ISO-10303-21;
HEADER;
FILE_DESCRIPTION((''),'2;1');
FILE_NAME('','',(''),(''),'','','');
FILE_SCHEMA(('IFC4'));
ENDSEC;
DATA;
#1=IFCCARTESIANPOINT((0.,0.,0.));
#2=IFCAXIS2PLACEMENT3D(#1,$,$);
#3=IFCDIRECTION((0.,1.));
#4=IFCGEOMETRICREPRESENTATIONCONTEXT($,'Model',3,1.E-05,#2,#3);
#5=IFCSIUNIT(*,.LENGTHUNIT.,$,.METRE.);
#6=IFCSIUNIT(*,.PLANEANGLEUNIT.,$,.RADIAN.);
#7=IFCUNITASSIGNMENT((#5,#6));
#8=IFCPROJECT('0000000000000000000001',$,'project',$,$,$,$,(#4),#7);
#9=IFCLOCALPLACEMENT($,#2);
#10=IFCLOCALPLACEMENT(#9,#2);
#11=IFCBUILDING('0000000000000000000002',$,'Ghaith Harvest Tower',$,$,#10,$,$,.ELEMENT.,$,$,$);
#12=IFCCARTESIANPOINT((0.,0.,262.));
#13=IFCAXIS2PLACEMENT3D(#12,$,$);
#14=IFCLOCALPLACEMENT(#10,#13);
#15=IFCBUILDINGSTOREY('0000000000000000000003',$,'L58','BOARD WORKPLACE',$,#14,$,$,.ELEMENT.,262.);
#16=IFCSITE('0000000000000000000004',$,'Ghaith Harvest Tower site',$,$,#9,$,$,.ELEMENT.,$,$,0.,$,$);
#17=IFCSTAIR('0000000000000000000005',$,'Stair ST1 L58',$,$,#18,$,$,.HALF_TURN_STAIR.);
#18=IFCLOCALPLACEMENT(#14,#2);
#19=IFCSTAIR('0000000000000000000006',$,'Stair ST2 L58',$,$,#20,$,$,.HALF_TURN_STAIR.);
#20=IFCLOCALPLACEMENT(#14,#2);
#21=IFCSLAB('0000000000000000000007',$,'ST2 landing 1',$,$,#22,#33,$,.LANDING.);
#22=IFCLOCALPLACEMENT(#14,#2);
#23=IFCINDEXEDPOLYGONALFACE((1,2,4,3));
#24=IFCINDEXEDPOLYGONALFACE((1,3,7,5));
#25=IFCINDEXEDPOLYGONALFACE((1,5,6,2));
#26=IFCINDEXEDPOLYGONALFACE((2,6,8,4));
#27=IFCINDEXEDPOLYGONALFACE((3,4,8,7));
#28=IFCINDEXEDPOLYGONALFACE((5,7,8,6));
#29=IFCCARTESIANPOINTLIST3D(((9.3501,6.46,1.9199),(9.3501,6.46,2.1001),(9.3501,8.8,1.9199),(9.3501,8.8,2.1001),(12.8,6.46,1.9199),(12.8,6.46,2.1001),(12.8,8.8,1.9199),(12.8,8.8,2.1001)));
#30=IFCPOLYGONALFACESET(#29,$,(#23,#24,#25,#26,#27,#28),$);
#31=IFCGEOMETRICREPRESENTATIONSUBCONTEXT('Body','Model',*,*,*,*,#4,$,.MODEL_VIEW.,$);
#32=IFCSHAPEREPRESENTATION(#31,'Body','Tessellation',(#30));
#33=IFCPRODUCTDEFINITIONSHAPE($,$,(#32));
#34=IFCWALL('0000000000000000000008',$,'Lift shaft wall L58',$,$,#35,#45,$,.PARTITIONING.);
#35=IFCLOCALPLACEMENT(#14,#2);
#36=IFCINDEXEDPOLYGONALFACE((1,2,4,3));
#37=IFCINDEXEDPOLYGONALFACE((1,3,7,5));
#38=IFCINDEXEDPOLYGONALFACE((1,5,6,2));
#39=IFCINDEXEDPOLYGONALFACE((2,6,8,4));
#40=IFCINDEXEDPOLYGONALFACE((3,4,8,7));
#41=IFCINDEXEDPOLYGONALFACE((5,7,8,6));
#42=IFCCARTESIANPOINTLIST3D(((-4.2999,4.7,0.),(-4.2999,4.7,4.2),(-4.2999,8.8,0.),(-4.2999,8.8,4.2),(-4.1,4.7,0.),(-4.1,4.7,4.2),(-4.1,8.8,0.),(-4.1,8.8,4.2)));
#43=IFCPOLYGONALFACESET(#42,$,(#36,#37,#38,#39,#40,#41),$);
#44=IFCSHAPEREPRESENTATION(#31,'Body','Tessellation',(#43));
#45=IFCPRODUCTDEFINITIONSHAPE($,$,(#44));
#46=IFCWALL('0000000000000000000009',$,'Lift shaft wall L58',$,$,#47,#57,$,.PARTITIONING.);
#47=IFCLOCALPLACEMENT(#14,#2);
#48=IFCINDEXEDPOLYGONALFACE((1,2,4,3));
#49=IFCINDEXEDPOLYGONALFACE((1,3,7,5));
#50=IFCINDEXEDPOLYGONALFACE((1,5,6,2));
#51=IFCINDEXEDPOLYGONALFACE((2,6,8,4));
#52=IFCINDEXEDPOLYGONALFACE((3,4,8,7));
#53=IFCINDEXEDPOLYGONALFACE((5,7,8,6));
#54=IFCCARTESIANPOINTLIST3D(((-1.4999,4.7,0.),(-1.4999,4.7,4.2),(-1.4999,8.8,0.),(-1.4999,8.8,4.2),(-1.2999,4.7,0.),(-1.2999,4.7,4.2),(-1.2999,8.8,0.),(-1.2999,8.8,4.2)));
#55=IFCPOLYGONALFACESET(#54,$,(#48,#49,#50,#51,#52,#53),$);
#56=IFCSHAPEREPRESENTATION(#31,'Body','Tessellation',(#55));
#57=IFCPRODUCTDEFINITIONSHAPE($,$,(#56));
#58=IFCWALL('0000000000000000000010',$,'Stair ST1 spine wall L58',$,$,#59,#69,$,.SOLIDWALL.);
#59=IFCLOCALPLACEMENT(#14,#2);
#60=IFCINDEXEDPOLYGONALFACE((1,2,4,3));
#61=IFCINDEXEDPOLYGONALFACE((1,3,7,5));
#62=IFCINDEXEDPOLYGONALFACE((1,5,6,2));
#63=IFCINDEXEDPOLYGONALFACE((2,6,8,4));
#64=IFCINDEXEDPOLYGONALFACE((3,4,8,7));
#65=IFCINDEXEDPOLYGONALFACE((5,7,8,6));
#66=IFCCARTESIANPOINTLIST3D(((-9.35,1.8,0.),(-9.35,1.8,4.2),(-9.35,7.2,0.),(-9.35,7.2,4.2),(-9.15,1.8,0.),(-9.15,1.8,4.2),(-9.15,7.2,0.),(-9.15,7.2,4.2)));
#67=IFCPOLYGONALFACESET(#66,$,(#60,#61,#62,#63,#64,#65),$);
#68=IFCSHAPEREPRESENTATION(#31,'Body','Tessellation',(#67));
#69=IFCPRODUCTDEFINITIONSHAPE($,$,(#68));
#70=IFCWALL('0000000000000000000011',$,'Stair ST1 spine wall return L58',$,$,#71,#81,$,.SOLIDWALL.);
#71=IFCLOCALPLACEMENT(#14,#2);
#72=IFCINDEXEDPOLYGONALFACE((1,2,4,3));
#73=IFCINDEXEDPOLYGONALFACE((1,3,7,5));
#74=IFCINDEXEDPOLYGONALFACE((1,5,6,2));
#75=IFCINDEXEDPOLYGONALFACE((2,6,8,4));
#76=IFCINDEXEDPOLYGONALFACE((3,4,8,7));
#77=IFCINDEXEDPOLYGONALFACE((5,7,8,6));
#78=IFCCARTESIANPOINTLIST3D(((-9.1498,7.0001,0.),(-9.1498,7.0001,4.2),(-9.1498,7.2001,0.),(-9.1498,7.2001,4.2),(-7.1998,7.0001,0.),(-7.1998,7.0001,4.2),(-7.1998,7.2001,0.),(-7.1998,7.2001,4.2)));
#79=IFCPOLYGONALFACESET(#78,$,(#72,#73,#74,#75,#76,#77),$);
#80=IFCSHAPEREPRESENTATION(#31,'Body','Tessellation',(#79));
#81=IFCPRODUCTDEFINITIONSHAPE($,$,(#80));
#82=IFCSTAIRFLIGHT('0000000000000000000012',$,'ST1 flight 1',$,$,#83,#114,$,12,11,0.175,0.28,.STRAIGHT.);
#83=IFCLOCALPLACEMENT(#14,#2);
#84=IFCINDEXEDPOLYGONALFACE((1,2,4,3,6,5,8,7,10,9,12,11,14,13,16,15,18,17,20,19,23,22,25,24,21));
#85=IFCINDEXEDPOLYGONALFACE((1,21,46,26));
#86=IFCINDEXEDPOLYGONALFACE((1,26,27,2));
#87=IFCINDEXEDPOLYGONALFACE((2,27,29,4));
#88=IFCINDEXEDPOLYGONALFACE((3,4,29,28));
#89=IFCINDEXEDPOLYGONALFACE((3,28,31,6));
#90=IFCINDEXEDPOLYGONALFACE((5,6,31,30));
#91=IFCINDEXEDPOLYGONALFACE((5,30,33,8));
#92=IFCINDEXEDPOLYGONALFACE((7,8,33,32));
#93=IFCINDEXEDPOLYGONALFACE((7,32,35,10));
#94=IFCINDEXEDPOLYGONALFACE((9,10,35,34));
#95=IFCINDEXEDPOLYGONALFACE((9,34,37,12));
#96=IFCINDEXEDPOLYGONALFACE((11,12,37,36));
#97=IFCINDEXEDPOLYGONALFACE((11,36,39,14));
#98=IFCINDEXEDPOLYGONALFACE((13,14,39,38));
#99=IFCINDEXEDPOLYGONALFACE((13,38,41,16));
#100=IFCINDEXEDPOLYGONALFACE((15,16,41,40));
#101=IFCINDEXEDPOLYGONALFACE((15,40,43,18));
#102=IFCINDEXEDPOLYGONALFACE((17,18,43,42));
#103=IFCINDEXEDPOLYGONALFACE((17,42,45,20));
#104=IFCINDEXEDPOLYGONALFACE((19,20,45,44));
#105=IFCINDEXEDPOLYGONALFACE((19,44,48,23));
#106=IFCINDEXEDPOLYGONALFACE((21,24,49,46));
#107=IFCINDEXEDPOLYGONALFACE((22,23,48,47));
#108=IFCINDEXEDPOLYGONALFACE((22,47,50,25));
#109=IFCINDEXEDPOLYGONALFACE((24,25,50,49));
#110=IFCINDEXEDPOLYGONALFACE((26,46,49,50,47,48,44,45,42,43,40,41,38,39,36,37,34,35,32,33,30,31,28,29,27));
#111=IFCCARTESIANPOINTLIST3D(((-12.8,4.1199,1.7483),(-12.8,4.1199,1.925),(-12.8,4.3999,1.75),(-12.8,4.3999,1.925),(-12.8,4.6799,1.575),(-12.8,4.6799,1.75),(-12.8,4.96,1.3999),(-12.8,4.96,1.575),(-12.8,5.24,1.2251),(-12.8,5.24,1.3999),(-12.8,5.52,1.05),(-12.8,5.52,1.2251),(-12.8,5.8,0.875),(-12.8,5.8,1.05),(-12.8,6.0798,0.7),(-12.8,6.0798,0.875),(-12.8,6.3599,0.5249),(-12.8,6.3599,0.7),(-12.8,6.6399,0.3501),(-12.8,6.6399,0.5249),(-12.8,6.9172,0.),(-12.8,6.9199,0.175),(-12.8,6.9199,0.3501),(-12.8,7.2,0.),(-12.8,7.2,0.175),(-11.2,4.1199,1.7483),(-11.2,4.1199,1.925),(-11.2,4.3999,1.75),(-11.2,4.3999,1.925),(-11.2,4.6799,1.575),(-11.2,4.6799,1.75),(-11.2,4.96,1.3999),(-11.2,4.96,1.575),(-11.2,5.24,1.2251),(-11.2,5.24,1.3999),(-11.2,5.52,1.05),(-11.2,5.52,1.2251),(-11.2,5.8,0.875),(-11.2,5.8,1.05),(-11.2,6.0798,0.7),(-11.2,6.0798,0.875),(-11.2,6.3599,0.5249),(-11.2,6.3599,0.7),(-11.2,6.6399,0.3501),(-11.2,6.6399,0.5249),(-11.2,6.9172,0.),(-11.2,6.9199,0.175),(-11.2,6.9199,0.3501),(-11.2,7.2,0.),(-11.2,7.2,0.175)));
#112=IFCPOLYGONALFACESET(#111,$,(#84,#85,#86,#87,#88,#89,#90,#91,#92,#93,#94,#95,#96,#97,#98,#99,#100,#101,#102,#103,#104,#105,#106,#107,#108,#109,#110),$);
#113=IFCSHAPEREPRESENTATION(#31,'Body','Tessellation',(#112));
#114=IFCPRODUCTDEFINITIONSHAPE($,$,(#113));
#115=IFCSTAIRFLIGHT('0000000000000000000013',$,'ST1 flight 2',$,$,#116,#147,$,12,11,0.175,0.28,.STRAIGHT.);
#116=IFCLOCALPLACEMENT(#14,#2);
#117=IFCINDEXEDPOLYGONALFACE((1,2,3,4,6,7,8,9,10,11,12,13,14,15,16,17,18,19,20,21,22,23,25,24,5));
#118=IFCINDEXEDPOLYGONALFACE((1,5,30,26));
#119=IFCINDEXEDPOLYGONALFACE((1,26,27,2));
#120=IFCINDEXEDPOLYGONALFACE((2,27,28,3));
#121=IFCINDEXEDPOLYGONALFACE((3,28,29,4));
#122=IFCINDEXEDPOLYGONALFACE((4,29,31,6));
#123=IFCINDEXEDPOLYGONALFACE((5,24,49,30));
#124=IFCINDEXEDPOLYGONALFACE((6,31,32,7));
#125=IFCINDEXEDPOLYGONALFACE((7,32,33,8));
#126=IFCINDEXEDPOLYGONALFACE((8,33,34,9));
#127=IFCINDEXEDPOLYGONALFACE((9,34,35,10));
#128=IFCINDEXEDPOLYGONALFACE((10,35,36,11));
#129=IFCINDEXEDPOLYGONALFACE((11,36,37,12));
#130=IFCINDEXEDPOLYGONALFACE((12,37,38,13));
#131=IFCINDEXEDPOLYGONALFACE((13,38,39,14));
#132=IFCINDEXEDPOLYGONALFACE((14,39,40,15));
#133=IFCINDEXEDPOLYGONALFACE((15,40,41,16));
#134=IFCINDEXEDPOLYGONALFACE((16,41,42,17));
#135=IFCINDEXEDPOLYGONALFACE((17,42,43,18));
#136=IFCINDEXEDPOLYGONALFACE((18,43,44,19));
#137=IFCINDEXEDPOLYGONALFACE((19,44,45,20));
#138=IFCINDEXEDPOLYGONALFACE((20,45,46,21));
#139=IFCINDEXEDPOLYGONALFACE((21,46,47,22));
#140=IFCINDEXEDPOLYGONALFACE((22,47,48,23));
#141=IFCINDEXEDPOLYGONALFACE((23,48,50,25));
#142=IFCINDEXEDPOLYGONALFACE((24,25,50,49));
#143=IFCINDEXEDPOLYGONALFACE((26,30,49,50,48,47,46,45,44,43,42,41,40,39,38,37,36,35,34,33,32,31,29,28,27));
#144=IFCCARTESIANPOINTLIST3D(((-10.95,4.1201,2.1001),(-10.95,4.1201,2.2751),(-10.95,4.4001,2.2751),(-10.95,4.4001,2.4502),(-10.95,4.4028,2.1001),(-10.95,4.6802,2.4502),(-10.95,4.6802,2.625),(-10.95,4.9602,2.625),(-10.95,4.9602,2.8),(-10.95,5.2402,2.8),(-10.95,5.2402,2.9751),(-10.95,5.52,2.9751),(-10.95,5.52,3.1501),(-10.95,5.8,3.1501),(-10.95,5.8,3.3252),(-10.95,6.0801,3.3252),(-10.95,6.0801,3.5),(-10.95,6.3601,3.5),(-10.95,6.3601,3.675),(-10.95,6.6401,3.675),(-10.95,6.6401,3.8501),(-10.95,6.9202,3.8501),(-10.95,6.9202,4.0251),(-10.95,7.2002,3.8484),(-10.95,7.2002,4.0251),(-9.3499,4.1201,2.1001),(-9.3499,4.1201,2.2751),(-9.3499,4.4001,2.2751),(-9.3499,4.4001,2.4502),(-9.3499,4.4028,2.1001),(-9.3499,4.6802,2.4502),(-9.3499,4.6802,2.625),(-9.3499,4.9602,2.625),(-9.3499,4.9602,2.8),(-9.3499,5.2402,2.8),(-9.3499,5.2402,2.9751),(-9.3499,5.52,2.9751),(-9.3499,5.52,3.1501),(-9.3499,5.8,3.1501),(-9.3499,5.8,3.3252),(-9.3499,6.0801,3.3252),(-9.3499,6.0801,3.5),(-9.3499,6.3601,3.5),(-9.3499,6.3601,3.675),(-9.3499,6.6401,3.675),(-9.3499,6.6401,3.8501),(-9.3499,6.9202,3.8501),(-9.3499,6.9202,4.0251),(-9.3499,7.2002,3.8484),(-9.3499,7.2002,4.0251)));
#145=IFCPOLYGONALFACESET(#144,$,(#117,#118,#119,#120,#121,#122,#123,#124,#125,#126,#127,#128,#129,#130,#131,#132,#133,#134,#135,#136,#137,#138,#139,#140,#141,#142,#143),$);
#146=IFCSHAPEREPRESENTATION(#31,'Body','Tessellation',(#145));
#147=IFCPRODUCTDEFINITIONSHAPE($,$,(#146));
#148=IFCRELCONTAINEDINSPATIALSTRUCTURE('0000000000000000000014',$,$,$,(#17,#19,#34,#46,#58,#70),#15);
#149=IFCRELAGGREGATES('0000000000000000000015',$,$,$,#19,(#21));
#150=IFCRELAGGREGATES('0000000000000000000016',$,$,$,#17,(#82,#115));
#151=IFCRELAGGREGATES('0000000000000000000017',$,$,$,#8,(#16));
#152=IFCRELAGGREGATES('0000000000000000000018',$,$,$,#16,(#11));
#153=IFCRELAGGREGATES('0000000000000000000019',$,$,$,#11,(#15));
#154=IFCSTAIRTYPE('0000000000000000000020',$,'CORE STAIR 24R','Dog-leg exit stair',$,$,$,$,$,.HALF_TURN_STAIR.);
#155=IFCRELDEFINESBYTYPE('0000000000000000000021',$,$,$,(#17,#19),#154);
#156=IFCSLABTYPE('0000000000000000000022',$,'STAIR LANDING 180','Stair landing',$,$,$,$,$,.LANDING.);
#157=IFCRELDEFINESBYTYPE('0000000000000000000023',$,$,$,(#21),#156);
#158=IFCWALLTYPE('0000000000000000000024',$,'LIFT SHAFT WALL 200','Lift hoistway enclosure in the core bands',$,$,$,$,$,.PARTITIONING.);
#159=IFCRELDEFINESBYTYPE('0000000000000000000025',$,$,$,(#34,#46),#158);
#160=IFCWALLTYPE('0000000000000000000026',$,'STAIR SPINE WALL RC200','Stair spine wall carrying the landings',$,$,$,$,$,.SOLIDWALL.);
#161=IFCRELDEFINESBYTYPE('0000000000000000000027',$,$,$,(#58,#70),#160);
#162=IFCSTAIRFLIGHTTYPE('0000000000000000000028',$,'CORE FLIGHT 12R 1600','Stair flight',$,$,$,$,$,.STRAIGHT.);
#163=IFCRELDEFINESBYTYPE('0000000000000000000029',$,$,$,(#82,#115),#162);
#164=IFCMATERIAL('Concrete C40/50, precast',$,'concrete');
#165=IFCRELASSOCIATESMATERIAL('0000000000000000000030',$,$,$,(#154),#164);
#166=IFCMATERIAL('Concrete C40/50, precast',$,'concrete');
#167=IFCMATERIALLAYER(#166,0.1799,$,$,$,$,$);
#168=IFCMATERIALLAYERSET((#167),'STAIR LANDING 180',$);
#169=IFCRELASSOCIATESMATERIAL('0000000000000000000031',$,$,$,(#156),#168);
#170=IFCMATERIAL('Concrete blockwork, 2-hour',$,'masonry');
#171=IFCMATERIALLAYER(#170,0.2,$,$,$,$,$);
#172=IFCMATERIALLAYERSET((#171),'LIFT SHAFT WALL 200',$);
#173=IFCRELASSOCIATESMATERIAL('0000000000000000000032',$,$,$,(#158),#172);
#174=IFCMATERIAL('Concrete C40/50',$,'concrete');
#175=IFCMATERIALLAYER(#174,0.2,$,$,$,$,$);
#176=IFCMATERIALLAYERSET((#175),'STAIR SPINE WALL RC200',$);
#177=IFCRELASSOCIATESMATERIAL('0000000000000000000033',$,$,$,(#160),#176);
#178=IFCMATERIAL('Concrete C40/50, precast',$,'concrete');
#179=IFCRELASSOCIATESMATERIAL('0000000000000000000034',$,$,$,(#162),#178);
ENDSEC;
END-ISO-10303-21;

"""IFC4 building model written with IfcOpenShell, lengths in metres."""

from ifc_helpers import new_model, si_unit, direction, frame, frame_2d, origin, place, context, subcontext, project, spatial, polyline, rectangle, outline, extrude, material, layer, layer_set, type_object, element, aggregate, save


model = new_model("IFC4")

# Units and contexts
model_context = context("Model", 3, precision=1e-05, world=origin(), true_north=direction((0.0, 1.0)))
body_context = subcontext(model_context, "Body", "Model", "MODEL_VIEW")
ifc_project = project(units=[si_unit("LENGTHUNIT", "METRE"), si_unit("PLANEANGLEUNIT", "RADIAN")], contexts=[model_context])

# Site, building, storey
site_placement = place(None, origin())
site = spatial("IfcSite", under=ifc_project, at=site_placement, Name="Ghaith Harvest Tower site", CompositionType="ELEMENT", RefElevation=0.0)
building_placement = place(site_placement, origin())
building = spatial("IfcBuilding", under=site, at=building_placement, Name="Ghaith Harvest Tower", CompositionType="ELEMENT")
storey_placement = place(building_placement, frame((0.0, 0.0, 262.0)))
storey = spatial("IfcBuildingStorey", under=building, at=storey_placement, Name="L58", Description="BOARD WORKPLACE", CompositionType="ELEMENT", Elevation=262.0)

# Stair
ifc_material_1 = material(Name="Concrete C40/50, precast", Category="concrete")
stair_type = type_object("IfcStairType", Name="CORE STAIR 24R", Description="Dog-leg exit stair", PredefinedType="HALF_TURN_STAIR", material=ifc_material_1)
stair_1_placement = place(storey_placement, origin())
stair_1 = element("IfcStair", 1, at=stair_1_placement, inside=storey, type_object=stair_type, Name="Stair ST1 L58", PredefinedType="HALF_TURN_STAIR")
ifc_material_2 = material(Name="Concrete C40/50, precast", Category="concrete")
ifc_layer_1 = layer(ifc_material_2, 0.1799)
ifc_layer_set_1 = layer_set([ifc_layer_1], Name="STAIR LANDING 180")
slab_type_1 = type_object("IfcSlabType", Name="STAIR LANDING 180", Description="Stair landing", PredefinedType="LANDING", material=ifc_layer_set_1)

# Stair, slab
stair_2_placement = place(storey_placement, origin())
stair_2 = element("IfcStair", 2, at=stair_2_placement, inside=storey, type_object=stair_type, Name="Stair ST2 L58", PredefinedType="HALF_TURN_STAIR")
slab_1_placement = place(storey_placement, frame((0.0, 0.0, 1.9199)))
slab_1 = element("IfcSlab", 3, at=slab_1_placement, type_object=slab_type_1, Name="ST2 landing 1", PredefinedType="LANDING", context=body_context, shape_type="SweptSolid", body=[
    extrude(outline(polyline([(12.8, 6.46), (12.8, 8.8), (9.3501, 8.8), (9.3501, 6.46), (12.8, 6.46)])), origin(), (0.0, 0.0, 1.0), 0.1802),
])
aggregate(stair_2, [slab_1])

# Walls
ifc_material_3 = material(Name="Concrete blockwork, 2-hour", Category="masonry")
ifc_layer_2 = layer(ifc_material_3, 0.2)
ifc_layer_set_2 = layer_set([ifc_layer_2], Name="LIFT SHAFT WALL 200")
wall_type_1 = type_object("IfcWallType", Name="LIFT SHAFT WALL 200", Description="Lift hoistway enclosure in the core bands", PredefinedType="PARTITIONING", material=ifc_layer_set_2)
for number, where, z_axis, x_axis, name in (
    (4, (-4.2, 4.7, 0.0), (0.0, 0.0, 1.0), (0.0, 1.0, 0.0), "Lift shaft wall L58"),
    (5, (-1.3999, 4.7, 0.0), (0.0, 0.0, 1.0), (0.0, 1.0, 0.0), "Lift shaft wall L58"),
):
    element("IfcWall", number, at=place(storey_placement, frame(where, z_axis=z_axis, x_axis=x_axis)), inside=storey, type_object=wall_type_1, Name=name, PredefinedType="PARTITIONING", context=body_context, shape_type="SweptSolid", body=[
        extrude(rectangle(XDim=4.1001, YDim=0.2, at=frame_2d((2.05, 0.0))), origin(), (0.0, 0.0, 1.0), 4.2),
    ])

# Walls
ifc_material_4 = material(Name="Concrete C40/50", Category="concrete")
ifc_layer_3 = layer(ifc_material_4, 0.2)
ifc_layer_set_3 = layer_set([ifc_layer_3], Name="STAIR SPINE WALL RC200")
wall_type_2 = type_object("IfcWallType", Name="STAIR SPINE WALL RC200", Description="Stair spine wall carrying the landings", PredefinedType="SOLIDWALL", material=ifc_layer_set_3)
wall_1_placement = place(storey_placement, frame((-9.25, 7.2, 0.0), z_axis=(0.0, 0.0, 1.0), x_axis=(0.0, -1.0, 0.0)))
element("IfcWall", 6, at=wall_1_placement, inside=storey, type_object=wall_type_2, Name="Stair ST1 spine wall L58", PredefinedType="SOLIDWALL", context=body_context, shape_type="SweptSolid", body=[
    extrude(rectangle(XDim=5.3999, YDim=0.2, at=frame_2d((2.7, 0.0))), origin(), (0.0, 0.0, 1.0), 4.2),
])
wall_2_placement = place(storey_placement, frame((-9.1499, 7.1001, 0.0), z_axis=(0.0, 0.0, 1.0), x_axis=(1.0, 0.0, 0.0)))
element("IfcWall", 7, at=wall_2_placement, inside=storey, type_object=wall_type_2, Name="Stair ST1 spine wall return L58", PredefinedType="SOLIDWALL", context=body_context, shape_type="SweptSolid", body=[
    extrude(rectangle(XDim=1.95, YDim=0.2, at=frame_2d((0.9751, 0.0))), origin(), (0.0, 0.0, 1.0), 4.2),
])

# Stair flights
ifc_material_5 = material(Name="Concrete C40/50, precast", Category="concrete")
stair_flight_type = type_object("IfcStairFlightType", Name="CORE FLIGHT 12R 1600", Description="Stair flight", PredefinedType="STRAIGHT", material=ifc_material_5)
stair_flight_1_placement = place(storey_placement, frame((-12.0, 7.2, 0.0), z_axis=(0.0, 0.0, 1.0), x_axis=(0.0, -1.0, 0.0)))
stair_flight_1 = element("IfcStairFlight", 8, at=stair_flight_1_placement, type_object=stair_flight_type, Name="ST1 flight 1", NumberOfRisers=12, NumberOfTreads=11, PredefinedType="STRAIGHT", RiserHeight=0.175, TreadLength=0.28, context=body_context, shape_type="SweptSolid", body=[
    extrude(outline(polyline([(0.0, 0.0), (0.0, 0.175), (0.28, 0.175), (0.28, 0.3501), (0.5601, 0.3501), (0.5601, 0.5249), (0.8401, 0.5249), (0.8401, 0.7), (1.1201, 0.7), (1.1201, 0.875), (1.3999, 0.875), (1.3999, 1.05), (1.6799, 1.05), (1.6799, 1.2251), (1.96, 1.2251), (1.96, 1.3999), (2.24, 1.3999), (2.24, 1.575), (2.52, 1.575), (2.52, 1.75), (2.8, 1.75), (2.8, 1.925), (3.0801, 1.925), (3.0801, 2.1001), (3.0801, 1.7483), (0.2827, 0.0), (0.0, 0.0)])), frame((0.0, 0.8, 0.0), z_axis=(0.0, -1.0, 0.0), x_axis=(1.0, 0.0, 0.0)), (0.0, 0.0, 1.0), 1.6001),
])
stair_flight_2_placement = place(storey_placement, frame((-10.1499, 4.1201, 2.1001), z_axis=(0.0, 0.0, 1.0), x_axis=(0.0, 1.0, 0.0)))
stair_flight_2 = element("IfcStairFlight", 9, at=stair_flight_2_placement, type_object=stair_flight_type, Name="ST1 flight 2", NumberOfRisers=12, NumberOfTreads=11, PredefinedType="STRAIGHT", RiserHeight=0.175, TreadLength=0.28, context=body_context, shape_type="SweptSolid", body=[
    extrude(outline(polyline([(0.0, 0.0), (0.0, 0.175), (0.28, 0.175), (0.28, 0.3501), (0.5601, 0.3501), (0.5601, 0.5249), (0.8401, 0.5249), (0.8401, 0.7), (1.1201, 0.7), (1.1201, 0.875), (1.3999, 0.875), (1.3999, 1.05), (1.6799, 1.05), (1.6799, 1.2251), (1.96, 1.2251), (1.96, 1.3999), (2.24, 1.3999), (2.24, 1.575), (2.52, 1.575), (2.52, 1.75), (2.8, 1.75), (2.8, 1.925), (3.0801, 1.925), (3.0801, 2.1001), (3.0801, 1.7483), (0.2827, 0.0), (0.0, 0.0)])), frame((0.0, 0.8, 0.0), z_axis=(0.0, -1.0, 0.0), x_axis=(1.0, 0.0, 0.0)), (0.0, 0.0, 1.0), 1.6001),
])
aggregate(stair_1, [stair_flight_1, stair_flight_2])

save(model, "model.ifc")
